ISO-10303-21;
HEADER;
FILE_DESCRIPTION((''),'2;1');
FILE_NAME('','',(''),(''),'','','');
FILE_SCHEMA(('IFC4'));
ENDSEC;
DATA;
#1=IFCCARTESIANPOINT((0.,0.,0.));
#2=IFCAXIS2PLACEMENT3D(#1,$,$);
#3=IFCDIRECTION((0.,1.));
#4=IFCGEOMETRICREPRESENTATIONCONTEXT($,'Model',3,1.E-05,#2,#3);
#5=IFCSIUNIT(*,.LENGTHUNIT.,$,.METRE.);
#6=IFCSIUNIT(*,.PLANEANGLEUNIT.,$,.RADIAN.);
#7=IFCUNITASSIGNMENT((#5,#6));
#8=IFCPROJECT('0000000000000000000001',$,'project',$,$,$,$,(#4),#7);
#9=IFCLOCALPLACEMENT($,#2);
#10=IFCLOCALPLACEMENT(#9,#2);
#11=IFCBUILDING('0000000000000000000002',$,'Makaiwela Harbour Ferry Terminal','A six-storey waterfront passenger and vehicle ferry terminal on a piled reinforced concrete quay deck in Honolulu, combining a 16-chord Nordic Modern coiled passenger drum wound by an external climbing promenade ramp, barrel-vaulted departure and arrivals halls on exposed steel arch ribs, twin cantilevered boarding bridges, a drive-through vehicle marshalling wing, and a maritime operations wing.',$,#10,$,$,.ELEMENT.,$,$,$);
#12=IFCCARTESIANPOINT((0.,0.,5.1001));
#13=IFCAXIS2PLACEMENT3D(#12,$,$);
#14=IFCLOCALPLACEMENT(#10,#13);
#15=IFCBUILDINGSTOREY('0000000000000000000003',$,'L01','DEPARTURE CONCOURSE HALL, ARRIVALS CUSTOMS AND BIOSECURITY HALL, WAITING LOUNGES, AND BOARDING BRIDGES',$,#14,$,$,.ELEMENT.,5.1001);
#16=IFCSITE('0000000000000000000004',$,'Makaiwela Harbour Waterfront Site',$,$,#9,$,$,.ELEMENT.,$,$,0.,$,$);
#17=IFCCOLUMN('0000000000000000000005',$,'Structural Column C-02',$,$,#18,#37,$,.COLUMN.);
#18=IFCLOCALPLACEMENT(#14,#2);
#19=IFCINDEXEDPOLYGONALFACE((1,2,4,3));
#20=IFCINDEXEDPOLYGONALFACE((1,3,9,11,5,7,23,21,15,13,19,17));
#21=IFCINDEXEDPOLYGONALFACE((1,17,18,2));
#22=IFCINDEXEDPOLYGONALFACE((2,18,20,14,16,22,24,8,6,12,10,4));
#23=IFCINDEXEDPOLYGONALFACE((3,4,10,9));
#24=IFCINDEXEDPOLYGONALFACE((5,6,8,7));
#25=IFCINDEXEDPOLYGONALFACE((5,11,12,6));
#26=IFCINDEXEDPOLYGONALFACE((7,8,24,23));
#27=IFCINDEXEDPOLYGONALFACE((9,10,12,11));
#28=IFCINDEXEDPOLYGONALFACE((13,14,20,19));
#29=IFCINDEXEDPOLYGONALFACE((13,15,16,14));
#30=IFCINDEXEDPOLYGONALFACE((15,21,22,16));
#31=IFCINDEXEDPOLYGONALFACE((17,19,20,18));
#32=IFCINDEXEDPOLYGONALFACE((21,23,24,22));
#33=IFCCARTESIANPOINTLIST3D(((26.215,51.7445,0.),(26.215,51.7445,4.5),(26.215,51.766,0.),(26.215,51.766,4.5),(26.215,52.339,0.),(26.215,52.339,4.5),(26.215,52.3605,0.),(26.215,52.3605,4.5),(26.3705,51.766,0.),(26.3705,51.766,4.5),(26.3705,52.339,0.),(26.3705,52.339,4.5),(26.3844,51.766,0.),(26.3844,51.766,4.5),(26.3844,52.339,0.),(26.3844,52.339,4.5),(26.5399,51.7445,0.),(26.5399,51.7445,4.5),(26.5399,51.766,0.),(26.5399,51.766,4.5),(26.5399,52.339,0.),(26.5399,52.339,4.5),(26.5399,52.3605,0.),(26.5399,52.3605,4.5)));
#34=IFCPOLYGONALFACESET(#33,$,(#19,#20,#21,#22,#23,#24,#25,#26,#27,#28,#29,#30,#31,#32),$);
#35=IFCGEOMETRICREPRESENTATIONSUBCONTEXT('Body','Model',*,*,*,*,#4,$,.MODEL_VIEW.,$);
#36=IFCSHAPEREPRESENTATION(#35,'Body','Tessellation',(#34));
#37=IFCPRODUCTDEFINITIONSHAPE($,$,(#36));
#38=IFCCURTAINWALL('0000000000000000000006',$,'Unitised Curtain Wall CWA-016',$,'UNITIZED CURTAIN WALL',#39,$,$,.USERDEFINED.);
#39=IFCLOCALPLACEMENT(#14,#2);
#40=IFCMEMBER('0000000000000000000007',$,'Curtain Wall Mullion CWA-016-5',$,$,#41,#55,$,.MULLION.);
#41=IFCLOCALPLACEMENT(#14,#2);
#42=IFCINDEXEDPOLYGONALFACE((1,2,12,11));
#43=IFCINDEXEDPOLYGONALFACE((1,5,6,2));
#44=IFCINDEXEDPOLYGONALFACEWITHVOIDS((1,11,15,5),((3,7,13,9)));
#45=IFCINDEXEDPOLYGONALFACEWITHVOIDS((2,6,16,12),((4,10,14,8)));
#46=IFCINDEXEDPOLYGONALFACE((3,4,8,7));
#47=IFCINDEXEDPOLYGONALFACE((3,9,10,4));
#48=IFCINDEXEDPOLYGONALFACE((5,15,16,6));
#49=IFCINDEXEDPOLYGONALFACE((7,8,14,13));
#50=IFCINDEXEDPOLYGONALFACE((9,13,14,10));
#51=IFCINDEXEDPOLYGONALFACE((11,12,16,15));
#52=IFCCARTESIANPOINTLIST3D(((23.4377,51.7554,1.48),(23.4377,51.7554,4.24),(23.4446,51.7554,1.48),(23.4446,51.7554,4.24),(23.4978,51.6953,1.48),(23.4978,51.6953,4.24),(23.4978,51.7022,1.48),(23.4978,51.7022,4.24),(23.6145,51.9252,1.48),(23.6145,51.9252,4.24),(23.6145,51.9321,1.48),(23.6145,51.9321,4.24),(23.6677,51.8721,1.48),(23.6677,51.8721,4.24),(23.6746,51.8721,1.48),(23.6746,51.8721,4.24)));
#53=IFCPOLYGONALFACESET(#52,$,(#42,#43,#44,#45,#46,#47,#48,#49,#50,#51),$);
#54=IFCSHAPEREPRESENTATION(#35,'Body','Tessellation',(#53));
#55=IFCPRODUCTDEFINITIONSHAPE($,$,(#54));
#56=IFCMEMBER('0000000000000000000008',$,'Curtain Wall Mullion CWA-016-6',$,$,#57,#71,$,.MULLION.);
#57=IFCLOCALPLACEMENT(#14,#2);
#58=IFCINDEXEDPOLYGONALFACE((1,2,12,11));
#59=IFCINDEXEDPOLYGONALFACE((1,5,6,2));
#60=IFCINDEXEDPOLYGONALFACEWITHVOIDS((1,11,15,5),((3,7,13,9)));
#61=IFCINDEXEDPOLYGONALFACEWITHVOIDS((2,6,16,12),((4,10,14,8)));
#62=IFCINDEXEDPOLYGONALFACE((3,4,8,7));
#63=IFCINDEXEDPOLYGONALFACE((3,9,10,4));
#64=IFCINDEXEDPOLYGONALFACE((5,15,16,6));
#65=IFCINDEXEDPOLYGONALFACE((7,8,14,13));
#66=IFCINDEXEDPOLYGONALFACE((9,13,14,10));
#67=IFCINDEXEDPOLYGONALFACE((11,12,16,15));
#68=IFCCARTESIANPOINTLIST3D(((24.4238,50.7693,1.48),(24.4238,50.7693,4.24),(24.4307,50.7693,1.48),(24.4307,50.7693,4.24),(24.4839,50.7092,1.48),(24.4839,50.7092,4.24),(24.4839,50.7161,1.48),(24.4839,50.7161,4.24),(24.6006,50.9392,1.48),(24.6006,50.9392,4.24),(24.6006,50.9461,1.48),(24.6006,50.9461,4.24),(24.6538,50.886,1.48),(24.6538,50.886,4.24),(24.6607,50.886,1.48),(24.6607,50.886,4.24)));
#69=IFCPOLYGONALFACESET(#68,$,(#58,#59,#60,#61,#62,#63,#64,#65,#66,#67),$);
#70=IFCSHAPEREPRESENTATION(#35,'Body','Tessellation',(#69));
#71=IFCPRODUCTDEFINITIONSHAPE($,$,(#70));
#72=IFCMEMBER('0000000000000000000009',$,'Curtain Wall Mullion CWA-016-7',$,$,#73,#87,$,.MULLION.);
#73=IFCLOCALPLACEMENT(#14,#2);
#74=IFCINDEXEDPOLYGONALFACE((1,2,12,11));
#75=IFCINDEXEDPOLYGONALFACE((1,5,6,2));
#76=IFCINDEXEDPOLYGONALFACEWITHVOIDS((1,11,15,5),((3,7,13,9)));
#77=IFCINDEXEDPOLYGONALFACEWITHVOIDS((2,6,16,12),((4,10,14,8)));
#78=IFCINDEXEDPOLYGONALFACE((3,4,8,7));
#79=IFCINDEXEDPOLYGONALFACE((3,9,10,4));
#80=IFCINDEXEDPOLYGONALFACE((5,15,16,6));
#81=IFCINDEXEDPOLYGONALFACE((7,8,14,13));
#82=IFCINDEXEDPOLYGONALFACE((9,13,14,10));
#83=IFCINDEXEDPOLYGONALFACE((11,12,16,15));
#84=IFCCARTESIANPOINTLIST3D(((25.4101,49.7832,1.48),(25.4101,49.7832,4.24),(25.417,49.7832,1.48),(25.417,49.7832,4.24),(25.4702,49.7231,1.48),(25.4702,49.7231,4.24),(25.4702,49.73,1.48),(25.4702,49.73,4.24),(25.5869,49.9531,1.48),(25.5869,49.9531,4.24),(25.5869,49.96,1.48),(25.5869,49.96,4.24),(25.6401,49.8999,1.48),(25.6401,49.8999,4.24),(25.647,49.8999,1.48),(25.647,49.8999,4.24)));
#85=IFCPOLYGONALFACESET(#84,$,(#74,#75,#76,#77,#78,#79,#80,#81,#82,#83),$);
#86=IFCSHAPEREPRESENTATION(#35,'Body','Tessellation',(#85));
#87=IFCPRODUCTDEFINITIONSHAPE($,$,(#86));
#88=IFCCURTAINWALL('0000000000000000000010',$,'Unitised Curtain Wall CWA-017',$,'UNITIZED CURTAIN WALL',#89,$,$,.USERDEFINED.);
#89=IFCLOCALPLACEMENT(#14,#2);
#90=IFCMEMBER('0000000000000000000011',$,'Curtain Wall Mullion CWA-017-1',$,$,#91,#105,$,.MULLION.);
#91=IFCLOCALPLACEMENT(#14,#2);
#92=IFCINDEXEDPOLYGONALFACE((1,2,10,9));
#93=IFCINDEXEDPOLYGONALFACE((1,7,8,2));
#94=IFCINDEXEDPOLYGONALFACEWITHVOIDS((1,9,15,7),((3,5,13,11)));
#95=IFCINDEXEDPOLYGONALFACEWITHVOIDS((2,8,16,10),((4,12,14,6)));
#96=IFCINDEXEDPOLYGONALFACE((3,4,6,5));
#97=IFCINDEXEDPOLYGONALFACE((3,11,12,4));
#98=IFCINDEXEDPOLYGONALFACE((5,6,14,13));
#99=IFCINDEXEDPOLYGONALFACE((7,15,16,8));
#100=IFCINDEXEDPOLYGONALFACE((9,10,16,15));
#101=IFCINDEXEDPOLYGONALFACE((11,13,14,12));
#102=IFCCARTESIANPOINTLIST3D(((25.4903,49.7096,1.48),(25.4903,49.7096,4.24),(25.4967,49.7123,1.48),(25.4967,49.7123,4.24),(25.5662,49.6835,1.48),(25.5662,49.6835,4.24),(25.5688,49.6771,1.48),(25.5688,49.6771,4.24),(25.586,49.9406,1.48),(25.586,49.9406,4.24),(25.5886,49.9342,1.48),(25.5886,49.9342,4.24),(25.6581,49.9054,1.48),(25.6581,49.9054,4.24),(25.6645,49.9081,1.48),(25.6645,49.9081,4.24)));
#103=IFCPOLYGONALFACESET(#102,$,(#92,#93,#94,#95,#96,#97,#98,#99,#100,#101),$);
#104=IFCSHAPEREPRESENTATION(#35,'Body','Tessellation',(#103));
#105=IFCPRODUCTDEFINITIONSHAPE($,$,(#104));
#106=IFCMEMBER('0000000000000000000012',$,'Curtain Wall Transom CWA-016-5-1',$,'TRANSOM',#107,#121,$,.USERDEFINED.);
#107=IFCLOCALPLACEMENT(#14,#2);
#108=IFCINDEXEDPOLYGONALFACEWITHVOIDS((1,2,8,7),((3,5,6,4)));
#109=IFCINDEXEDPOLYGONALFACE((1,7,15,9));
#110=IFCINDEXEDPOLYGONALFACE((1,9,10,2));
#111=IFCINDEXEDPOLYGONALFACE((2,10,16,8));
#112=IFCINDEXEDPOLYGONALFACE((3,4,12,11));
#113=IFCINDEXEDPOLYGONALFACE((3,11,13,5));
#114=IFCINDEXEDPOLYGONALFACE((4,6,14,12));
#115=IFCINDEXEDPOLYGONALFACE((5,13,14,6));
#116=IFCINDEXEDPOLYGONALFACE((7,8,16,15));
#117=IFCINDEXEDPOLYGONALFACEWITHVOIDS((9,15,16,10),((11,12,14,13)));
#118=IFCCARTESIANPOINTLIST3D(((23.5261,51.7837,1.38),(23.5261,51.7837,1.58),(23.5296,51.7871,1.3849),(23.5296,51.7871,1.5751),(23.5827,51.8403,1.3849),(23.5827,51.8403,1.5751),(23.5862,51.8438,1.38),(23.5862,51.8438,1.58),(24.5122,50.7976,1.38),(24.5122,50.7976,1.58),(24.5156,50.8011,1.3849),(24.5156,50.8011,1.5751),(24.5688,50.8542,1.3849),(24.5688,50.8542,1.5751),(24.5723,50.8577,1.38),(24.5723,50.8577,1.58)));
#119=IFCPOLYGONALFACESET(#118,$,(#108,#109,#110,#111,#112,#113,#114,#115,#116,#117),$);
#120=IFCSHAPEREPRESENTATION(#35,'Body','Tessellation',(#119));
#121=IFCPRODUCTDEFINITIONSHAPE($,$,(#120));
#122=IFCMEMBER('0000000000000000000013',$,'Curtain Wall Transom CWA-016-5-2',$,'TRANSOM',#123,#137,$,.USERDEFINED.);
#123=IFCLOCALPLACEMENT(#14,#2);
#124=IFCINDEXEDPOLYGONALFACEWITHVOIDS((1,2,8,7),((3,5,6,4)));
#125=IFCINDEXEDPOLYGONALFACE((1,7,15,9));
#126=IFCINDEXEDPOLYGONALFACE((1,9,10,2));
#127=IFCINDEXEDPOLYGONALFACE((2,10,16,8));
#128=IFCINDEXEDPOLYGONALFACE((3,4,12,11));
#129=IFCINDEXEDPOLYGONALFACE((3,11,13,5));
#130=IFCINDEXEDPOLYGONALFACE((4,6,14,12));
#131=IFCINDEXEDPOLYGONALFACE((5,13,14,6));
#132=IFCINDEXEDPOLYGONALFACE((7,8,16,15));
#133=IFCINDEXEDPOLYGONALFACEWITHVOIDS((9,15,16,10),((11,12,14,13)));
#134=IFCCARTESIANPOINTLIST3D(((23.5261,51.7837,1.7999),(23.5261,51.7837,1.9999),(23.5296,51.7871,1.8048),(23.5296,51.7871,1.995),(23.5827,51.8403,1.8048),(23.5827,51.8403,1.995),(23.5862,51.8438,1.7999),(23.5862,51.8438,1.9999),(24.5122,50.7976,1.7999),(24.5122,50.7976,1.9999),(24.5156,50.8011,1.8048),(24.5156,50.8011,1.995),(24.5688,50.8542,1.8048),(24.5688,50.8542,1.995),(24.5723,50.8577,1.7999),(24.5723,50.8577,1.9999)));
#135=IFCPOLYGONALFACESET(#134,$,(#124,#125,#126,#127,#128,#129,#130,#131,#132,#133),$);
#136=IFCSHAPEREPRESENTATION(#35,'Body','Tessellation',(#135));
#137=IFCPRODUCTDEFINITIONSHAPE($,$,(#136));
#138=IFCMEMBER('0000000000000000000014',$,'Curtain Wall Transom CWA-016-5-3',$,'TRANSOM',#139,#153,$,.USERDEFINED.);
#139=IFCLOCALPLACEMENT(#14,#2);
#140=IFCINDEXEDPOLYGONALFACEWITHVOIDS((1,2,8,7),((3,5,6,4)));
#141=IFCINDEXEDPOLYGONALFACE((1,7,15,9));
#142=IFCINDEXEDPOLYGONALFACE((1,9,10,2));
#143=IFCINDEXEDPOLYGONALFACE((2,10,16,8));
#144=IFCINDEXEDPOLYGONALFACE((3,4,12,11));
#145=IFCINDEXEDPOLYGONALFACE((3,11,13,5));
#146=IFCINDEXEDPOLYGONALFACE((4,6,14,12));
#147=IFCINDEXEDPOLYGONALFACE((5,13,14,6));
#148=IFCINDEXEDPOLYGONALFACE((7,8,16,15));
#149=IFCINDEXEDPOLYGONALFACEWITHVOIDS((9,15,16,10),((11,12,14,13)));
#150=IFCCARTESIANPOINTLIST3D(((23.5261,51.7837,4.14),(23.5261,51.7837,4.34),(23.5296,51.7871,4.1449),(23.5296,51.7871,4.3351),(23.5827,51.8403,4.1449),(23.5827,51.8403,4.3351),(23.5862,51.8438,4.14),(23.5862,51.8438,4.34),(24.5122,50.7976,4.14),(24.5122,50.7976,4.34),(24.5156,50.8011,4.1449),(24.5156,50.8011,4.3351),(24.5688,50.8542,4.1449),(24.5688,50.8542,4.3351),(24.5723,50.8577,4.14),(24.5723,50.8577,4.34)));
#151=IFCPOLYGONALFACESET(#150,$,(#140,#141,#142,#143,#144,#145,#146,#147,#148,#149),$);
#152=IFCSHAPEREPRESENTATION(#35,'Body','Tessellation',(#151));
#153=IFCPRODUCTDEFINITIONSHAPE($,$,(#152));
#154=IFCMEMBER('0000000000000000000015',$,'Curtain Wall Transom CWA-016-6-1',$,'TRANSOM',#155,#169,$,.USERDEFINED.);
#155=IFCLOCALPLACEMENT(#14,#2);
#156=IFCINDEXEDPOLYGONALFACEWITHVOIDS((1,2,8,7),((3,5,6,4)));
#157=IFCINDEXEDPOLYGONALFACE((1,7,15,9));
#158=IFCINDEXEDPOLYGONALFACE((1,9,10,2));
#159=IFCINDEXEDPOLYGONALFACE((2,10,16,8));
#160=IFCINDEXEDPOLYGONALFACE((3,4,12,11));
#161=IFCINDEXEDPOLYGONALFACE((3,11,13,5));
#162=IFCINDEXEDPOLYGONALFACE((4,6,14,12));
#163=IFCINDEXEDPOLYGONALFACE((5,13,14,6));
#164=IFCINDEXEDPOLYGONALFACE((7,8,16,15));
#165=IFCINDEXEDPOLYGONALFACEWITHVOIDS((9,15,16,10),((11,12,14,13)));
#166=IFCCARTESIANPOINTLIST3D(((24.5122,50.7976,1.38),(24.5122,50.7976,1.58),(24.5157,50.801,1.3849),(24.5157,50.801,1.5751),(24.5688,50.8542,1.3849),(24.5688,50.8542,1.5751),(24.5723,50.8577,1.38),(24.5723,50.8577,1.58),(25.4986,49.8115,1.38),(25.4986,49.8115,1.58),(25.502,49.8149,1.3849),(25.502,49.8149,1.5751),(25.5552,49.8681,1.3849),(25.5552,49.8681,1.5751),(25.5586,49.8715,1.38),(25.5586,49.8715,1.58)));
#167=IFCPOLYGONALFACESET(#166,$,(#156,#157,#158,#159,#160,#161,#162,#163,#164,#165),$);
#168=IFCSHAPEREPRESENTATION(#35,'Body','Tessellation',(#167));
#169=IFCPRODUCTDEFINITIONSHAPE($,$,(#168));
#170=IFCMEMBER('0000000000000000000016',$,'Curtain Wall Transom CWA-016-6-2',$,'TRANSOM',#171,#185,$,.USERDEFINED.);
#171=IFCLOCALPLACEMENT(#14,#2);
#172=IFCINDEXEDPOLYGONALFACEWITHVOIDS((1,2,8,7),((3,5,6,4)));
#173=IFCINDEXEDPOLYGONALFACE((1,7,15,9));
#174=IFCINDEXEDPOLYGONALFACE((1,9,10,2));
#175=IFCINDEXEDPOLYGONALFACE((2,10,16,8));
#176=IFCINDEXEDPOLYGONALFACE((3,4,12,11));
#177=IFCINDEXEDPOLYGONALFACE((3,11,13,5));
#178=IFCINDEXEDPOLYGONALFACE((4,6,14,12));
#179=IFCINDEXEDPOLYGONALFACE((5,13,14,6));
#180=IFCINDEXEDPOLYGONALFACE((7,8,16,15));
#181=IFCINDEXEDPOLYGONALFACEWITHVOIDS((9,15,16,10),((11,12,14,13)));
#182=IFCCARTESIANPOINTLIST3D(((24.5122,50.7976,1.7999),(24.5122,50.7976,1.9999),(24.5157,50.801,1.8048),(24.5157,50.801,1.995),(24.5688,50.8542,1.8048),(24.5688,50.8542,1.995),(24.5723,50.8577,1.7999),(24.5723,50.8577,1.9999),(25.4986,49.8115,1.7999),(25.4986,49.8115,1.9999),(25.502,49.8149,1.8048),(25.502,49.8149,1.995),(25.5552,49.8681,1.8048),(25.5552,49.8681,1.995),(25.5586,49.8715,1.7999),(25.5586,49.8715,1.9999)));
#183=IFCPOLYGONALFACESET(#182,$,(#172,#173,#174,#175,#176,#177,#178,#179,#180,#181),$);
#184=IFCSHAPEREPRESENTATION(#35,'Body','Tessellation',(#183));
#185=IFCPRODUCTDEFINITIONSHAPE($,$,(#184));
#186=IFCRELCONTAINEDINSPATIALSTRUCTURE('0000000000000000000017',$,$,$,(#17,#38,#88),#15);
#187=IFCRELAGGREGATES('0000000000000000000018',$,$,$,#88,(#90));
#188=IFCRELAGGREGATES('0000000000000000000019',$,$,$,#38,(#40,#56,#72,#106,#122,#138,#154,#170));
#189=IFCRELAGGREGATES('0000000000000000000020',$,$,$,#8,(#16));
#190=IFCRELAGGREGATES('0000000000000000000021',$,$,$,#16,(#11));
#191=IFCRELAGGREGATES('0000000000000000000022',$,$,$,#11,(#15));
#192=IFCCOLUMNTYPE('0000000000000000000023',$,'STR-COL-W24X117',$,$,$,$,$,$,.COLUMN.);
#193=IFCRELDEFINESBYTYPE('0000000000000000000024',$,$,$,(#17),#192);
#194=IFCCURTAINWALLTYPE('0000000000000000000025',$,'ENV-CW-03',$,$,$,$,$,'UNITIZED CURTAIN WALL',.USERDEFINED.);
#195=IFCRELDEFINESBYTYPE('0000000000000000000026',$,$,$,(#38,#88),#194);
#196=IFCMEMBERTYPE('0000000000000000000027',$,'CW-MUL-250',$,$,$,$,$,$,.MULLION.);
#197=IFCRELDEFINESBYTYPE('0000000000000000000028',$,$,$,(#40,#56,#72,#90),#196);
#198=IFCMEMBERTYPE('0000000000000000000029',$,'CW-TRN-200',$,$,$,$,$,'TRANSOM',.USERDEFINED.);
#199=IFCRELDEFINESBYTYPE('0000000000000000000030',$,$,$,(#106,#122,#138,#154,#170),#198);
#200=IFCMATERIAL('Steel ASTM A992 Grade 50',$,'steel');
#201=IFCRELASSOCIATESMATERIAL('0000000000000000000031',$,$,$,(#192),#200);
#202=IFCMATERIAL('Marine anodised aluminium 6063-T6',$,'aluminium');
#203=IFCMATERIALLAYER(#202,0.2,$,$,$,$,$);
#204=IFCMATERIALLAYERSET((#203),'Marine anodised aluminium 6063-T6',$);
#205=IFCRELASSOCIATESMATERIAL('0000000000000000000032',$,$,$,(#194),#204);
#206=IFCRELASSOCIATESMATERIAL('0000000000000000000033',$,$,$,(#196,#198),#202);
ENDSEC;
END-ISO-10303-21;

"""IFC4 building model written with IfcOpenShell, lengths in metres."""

from ifc_helpers import new_model, si_unit, direction, frame, origin, origin_2d, place, context, subcontext, project, spatial, hollow_rectangle, i_section, extrude, material, layer, layer_set, material_profile, profile_set, type_object, element, aggregate, save


model = new_model("IFC4")

# Units and contexts
model_context = context("Model", 3, precision=1e-05, world=origin(), true_north=direction((0.0, 1.0)))
body_context = subcontext(model_context, "Body", "Model", "MODEL_VIEW")
ifc_project = project(units=[si_unit("LENGTHUNIT", "METRE"), si_unit("PLANEANGLEUNIT", "RADIAN")], contexts=[model_context])

# Site, building, storey
site_placement = place(None, origin())
site = spatial("IfcSite", under=ifc_project, at=site_placement, Name="Makaiwela Harbour Waterfront Site", CompositionType="ELEMENT", RefElevation=0.0)
building_placement = place(site_placement, origin())
building = spatial("IfcBuilding", under=site, at=building_placement, Name="Makaiwela Harbour Ferry Terminal", Description="A six-storey waterfront passenger and vehicle ferry terminal on a piled reinforced concrete quay deck in Honolulu, combining a 16-chord Nordic Modern coiled passenger drum wound by an external climbing promenade ramp, barrel-vaulted departure and arrivals halls on exposed steel arch ribs, twin cantilevered boarding bridges, a drive-through vehicle marshalling wing, and a maritime operations wing.", CompositionType="ELEMENT")
storey_placement = place(building_placement, frame((0.0, 0.0, 5.1001)))
storey = spatial("IfcBuildingStorey", under=building, at=storey_placement, Name="L01", Description="DEPARTURE CONCOURSE HALL, ARRIVALS CUSTOMS AND BIOSECURITY HALL, WAITING LOUNGES, AND BOARDING BRIDGES", CompositionType="ELEMENT", Elevation=5.1001)

# Column
ifc_material_1 = material(Name="Steel ASTM A992 Grade 50", Category="steel")
ifc_material_profile_1 = material_profile(ifc_material_1, i_section(OverallWidth=0.325, OverallDepth=0.616, WebThickness=0.0139, FlangeThickness=0.0215, at=origin_2d()), Name="W24X117")
ifc_profile_set_1 = profile_set([ifc_material_profile_1], Name="Steel ASTM A992 Grade 50")
column_type = type_object("IfcColumnType", Name="STR-COL-W24X117", PredefinedType="COLUMN", material=ifc_profile_set_1)
column_placement = place(storey_placement, frame((26.3774, 52.0525, 0.0), z_axis=(0.0, 0.0, 1.0), x_axis=(1.0, 0.0, 0.0)))
element("IfcColumn", 1, at=column_placement, inside=storey, type_object=column_type, Name="Structural Column C-02", PredefinedType="COLUMN", context=body_context, shape_type="SweptSolid", body=[
    extrude(i_section(OverallWidth=0.325, OverallDepth=0.616, WebThickness=0.0139, FlangeThickness=0.0215, at=origin_2d()), origin(), (0.0, 0.0, 1.0), 4.5),
])

# Curtain wall, members
ifc_material_2 = material(Name="Marine anodised aluminium 6063-T6", Category="aluminium")
ifc_layer_1 = layer(ifc_material_2, 0.2)
ifc_layer_set_1 = layer_set([ifc_layer_1], Name="Marine anodised aluminium 6063-T6")
curtain_wall_type = type_object("IfcCurtainWallType", Name="ENV-CW-03", ElementType="UNITIZED CURTAIN WALL", PredefinedType="USERDEFINED", material=ifc_layer_set_1)
curtain_wall_1_placement = place(storey_placement, origin())
curtain_wall_1 = element("IfcCurtainWall", 2, at=curtain_wall_1_placement, inside=storey, type_object=curtain_wall_type, Name="Unitised Curtain Wall CWA-016", ObjectType="UNITIZED CURTAIN WALL", PredefinedType="USERDEFINED")
ifc_material_profile_2 = material_profile(ifc_material_2, hollow_rectangle(XDim=0.085, YDim=0.25, WallThickness=0.0049, at=origin_2d()), Name="CWM-250X85")
ifc_profile_set_2 = profile_set([ifc_material_profile_2], Name="Marine anodised aluminium 6063-T6")
member_type_1 = type_object("IfcMemberType", Name="CW-MUL-250", PredefinedType="MULLION", material=ifc_profile_set_2)
member_1_placement = place(storey_placement, frame((23.5562, 51.8137, 1.48), z_axis=(0.0, 0.0, 1.0), x_axis=(-0.707107, 0.707107, 0.0)))
member_1 = element("IfcMember", 3, at=member_1_placement, type_object=member_type_1, Name="Curtain Wall Mullion CWA-016-5", PredefinedType="MULLION", context=body_context, shape_type="SweptSolid", body=[
    extrude(hollow_rectangle(XDim=0.085, YDim=0.25, WallThickness=0.0049, at=origin_2d()), origin(), (0.0, 0.0, 1.0), 2.76),
])
member_2_placement = place(storey_placement, frame((24.5422, 50.8276, 1.48), z_axis=(0.0, 0.0, 1.0), x_axis=(-0.707107, 0.707107, 0.0)))
member_2 = element("IfcMember", 4, at=member_2_placement, type_object=member_type_1, Name="Curtain Wall Mullion CWA-016-6", PredefinedType="MULLION", context=body_context, shape_type="SweptSolid", body=[
    extrude(hollow_rectangle(XDim=0.085, YDim=0.25, WallThickness=0.0049, at=origin_2d()), origin(), (0.0, 0.0, 1.0), 2.76),
])
member_3_placement = place(storey_placement, frame((25.5286, 49.8416, 1.48), z_axis=(0.0, 0.0, 1.0), x_axis=(-0.707107, 0.707107, 0.0)))
member_3 = element("IfcMember", 5, at=member_3_placement, type_object=member_type_1, Name="Curtain Wall Mullion CWA-016-7", PredefinedType="MULLION", context=body_context, shape_type="SweptSolid", body=[
    extrude(hollow_rectangle(XDim=0.085, YDim=0.25, WallThickness=0.0049, at=origin_2d()), origin(), (0.0, 0.0, 1.0), 2.76),
])

# Curtain wall, member
curtain_wall_2_placement = place(storey_placement, origin())
curtain_wall_2 = element("IfcCurtainWall", 6, at=curtain_wall_2_placement, inside=storey, type_object=curtain_wall_type, Name="Unitised Curtain Wall CWA-017", ObjectType="UNITIZED CURTAIN WALL", PredefinedType="USERDEFINED")
member_4_placement = place(storey_placement, frame((25.5774, 49.8088, 1.48), z_axis=(0.0, 0.0, 1.0), x_axis=(-0.92388, 0.382683, 0.0)))
member_4 = element("IfcMember", 7, at=member_4_placement, type_object=member_type_1, Name="Curtain Wall Mullion CWA-017-1", PredefinedType="MULLION", context=body_context, shape_type="SweptSolid", body=[
    extrude(hollow_rectangle(XDim=0.085, YDim=0.25, WallThickness=0.0049, at=origin_2d()), origin(), (0.0, 0.0, 1.0), 2.76),
])

# Members
ifc_material_profile_3 = material_profile(ifc_material_2, hollow_rectangle(XDim=0.085, YDim=0.2, WallThickness=0.0049, at=origin_2d()), Name="CWT-200X85")
ifc_profile_set_3 = profile_set([ifc_material_profile_3], Name="Marine anodised aluminium 6063-T6")
member_type_2 = type_object("IfcMemberType", Name="CW-TRN-200", ElementType="TRANSOM", PredefinedType="USERDEFINED", material=ifc_profile_set_3)
member_5_placement = place(storey_placement, frame((23.5562, 51.8137, 1.48), z_axis=(0.707107, -0.707107, 0.0), x_axis=(0.707107, 0.707107, 0.0)))
member_5 = element("IfcMember", 8, at=member_5_placement, type_object=member_type_2, Name="Curtain Wall Transom CWA-016-5-1", ObjectType="TRANSOM", PredefinedType="USERDEFINED", context=body_context, shape_type="SweptSolid", body=[
    extrude(hollow_rectangle(XDim=0.085, YDim=0.2, WallThickness=0.0049, at=origin_2d()), origin(), (0.0, 0.0, 1.0), 1.3945),
])
member_6_placement = place(storey_placement, frame((23.5562, 51.8137, 1.8999), z_axis=(0.707107, -0.707107, 0.0), x_axis=(0.707107, 0.707107, 0.0)))
member_6 = element("IfcMember", 9, at=member_6_placement, type_object=member_type_2, Name="Curtain Wall Transom CWA-016-5-2", ObjectType="TRANSOM", PredefinedType="USERDEFINED", context=body_context, shape_type="SweptSolid", body=[
    extrude(hollow_rectangle(XDim=0.085, YDim=0.2, WallThickness=0.0049, at=origin_2d()), origin(), (0.0, 0.0, 1.0), 1.3945),
])
member_7_placement = place(storey_placement, frame((23.5562, 51.8137, 4.24), z_axis=(0.707107, -0.707107, 0.0), x_axis=(0.707107, 0.707107, 0.0)))
member_7 = element("IfcMember", 10, at=member_7_placement, type_object=member_type_2, Name="Curtain Wall Transom CWA-016-5-3", ObjectType="TRANSOM", PredefinedType="USERDEFINED", context=body_context, shape_type="SweptSolid", body=[
    extrude(hollow_rectangle(XDim=0.085, YDim=0.2, WallThickness=0.0049, at=origin_2d()), origin(), (0.0, 0.0, 1.0), 1.3945),
])
member_8_placement = place(storey_placement, frame((24.5422, 50.8276, 1.48), z_axis=(0.707194, -0.707019, 0.0), x_axis=(0.707019, 0.707194, 0.0)))
member_8 = element("IfcMember", 11, at=member_8_placement, type_object=member_type_2, Name="Curtain Wall Transom CWA-016-6-1", ObjectType="TRANSOM", PredefinedType="USERDEFINED", context=body_context, shape_type="SweptSolid", body=[
    extrude(hollow_rectangle(XDim=0.085, YDim=0.2, WallThickness=0.0049, at=origin_2d()), origin(), (0.0, 0.0, 1.0), 1.3948),
])
member_9_placement = place(storey_placement, frame((24.5422, 50.8276, 1.8999), z_axis=(0.707194, -0.707019, 0.0), x_axis=(0.707019, 0.707194, 0.0)))
member_9 = element("IfcMember", 12, at=member_9_placement, type_object=member_type_2, Name="Curtain Wall Transom CWA-016-6-2", ObjectType="TRANSOM", PredefinedType="USERDEFINED", context=body_context, shape_type="SweptSolid", body=[
    extrude(hollow_rectangle(XDim=0.085, YDim=0.2, WallThickness=0.0049, at=origin_2d()), origin(), (0.0, 0.0, 1.0), 1.3948),
])
aggregate(curtain_wall_2, [member_4])

aggregate(curtain_wall_1, [member_1, member_2, member_3, member_5, member_6, member_7, member_8, member_9])

save(model, "model.ifc")
